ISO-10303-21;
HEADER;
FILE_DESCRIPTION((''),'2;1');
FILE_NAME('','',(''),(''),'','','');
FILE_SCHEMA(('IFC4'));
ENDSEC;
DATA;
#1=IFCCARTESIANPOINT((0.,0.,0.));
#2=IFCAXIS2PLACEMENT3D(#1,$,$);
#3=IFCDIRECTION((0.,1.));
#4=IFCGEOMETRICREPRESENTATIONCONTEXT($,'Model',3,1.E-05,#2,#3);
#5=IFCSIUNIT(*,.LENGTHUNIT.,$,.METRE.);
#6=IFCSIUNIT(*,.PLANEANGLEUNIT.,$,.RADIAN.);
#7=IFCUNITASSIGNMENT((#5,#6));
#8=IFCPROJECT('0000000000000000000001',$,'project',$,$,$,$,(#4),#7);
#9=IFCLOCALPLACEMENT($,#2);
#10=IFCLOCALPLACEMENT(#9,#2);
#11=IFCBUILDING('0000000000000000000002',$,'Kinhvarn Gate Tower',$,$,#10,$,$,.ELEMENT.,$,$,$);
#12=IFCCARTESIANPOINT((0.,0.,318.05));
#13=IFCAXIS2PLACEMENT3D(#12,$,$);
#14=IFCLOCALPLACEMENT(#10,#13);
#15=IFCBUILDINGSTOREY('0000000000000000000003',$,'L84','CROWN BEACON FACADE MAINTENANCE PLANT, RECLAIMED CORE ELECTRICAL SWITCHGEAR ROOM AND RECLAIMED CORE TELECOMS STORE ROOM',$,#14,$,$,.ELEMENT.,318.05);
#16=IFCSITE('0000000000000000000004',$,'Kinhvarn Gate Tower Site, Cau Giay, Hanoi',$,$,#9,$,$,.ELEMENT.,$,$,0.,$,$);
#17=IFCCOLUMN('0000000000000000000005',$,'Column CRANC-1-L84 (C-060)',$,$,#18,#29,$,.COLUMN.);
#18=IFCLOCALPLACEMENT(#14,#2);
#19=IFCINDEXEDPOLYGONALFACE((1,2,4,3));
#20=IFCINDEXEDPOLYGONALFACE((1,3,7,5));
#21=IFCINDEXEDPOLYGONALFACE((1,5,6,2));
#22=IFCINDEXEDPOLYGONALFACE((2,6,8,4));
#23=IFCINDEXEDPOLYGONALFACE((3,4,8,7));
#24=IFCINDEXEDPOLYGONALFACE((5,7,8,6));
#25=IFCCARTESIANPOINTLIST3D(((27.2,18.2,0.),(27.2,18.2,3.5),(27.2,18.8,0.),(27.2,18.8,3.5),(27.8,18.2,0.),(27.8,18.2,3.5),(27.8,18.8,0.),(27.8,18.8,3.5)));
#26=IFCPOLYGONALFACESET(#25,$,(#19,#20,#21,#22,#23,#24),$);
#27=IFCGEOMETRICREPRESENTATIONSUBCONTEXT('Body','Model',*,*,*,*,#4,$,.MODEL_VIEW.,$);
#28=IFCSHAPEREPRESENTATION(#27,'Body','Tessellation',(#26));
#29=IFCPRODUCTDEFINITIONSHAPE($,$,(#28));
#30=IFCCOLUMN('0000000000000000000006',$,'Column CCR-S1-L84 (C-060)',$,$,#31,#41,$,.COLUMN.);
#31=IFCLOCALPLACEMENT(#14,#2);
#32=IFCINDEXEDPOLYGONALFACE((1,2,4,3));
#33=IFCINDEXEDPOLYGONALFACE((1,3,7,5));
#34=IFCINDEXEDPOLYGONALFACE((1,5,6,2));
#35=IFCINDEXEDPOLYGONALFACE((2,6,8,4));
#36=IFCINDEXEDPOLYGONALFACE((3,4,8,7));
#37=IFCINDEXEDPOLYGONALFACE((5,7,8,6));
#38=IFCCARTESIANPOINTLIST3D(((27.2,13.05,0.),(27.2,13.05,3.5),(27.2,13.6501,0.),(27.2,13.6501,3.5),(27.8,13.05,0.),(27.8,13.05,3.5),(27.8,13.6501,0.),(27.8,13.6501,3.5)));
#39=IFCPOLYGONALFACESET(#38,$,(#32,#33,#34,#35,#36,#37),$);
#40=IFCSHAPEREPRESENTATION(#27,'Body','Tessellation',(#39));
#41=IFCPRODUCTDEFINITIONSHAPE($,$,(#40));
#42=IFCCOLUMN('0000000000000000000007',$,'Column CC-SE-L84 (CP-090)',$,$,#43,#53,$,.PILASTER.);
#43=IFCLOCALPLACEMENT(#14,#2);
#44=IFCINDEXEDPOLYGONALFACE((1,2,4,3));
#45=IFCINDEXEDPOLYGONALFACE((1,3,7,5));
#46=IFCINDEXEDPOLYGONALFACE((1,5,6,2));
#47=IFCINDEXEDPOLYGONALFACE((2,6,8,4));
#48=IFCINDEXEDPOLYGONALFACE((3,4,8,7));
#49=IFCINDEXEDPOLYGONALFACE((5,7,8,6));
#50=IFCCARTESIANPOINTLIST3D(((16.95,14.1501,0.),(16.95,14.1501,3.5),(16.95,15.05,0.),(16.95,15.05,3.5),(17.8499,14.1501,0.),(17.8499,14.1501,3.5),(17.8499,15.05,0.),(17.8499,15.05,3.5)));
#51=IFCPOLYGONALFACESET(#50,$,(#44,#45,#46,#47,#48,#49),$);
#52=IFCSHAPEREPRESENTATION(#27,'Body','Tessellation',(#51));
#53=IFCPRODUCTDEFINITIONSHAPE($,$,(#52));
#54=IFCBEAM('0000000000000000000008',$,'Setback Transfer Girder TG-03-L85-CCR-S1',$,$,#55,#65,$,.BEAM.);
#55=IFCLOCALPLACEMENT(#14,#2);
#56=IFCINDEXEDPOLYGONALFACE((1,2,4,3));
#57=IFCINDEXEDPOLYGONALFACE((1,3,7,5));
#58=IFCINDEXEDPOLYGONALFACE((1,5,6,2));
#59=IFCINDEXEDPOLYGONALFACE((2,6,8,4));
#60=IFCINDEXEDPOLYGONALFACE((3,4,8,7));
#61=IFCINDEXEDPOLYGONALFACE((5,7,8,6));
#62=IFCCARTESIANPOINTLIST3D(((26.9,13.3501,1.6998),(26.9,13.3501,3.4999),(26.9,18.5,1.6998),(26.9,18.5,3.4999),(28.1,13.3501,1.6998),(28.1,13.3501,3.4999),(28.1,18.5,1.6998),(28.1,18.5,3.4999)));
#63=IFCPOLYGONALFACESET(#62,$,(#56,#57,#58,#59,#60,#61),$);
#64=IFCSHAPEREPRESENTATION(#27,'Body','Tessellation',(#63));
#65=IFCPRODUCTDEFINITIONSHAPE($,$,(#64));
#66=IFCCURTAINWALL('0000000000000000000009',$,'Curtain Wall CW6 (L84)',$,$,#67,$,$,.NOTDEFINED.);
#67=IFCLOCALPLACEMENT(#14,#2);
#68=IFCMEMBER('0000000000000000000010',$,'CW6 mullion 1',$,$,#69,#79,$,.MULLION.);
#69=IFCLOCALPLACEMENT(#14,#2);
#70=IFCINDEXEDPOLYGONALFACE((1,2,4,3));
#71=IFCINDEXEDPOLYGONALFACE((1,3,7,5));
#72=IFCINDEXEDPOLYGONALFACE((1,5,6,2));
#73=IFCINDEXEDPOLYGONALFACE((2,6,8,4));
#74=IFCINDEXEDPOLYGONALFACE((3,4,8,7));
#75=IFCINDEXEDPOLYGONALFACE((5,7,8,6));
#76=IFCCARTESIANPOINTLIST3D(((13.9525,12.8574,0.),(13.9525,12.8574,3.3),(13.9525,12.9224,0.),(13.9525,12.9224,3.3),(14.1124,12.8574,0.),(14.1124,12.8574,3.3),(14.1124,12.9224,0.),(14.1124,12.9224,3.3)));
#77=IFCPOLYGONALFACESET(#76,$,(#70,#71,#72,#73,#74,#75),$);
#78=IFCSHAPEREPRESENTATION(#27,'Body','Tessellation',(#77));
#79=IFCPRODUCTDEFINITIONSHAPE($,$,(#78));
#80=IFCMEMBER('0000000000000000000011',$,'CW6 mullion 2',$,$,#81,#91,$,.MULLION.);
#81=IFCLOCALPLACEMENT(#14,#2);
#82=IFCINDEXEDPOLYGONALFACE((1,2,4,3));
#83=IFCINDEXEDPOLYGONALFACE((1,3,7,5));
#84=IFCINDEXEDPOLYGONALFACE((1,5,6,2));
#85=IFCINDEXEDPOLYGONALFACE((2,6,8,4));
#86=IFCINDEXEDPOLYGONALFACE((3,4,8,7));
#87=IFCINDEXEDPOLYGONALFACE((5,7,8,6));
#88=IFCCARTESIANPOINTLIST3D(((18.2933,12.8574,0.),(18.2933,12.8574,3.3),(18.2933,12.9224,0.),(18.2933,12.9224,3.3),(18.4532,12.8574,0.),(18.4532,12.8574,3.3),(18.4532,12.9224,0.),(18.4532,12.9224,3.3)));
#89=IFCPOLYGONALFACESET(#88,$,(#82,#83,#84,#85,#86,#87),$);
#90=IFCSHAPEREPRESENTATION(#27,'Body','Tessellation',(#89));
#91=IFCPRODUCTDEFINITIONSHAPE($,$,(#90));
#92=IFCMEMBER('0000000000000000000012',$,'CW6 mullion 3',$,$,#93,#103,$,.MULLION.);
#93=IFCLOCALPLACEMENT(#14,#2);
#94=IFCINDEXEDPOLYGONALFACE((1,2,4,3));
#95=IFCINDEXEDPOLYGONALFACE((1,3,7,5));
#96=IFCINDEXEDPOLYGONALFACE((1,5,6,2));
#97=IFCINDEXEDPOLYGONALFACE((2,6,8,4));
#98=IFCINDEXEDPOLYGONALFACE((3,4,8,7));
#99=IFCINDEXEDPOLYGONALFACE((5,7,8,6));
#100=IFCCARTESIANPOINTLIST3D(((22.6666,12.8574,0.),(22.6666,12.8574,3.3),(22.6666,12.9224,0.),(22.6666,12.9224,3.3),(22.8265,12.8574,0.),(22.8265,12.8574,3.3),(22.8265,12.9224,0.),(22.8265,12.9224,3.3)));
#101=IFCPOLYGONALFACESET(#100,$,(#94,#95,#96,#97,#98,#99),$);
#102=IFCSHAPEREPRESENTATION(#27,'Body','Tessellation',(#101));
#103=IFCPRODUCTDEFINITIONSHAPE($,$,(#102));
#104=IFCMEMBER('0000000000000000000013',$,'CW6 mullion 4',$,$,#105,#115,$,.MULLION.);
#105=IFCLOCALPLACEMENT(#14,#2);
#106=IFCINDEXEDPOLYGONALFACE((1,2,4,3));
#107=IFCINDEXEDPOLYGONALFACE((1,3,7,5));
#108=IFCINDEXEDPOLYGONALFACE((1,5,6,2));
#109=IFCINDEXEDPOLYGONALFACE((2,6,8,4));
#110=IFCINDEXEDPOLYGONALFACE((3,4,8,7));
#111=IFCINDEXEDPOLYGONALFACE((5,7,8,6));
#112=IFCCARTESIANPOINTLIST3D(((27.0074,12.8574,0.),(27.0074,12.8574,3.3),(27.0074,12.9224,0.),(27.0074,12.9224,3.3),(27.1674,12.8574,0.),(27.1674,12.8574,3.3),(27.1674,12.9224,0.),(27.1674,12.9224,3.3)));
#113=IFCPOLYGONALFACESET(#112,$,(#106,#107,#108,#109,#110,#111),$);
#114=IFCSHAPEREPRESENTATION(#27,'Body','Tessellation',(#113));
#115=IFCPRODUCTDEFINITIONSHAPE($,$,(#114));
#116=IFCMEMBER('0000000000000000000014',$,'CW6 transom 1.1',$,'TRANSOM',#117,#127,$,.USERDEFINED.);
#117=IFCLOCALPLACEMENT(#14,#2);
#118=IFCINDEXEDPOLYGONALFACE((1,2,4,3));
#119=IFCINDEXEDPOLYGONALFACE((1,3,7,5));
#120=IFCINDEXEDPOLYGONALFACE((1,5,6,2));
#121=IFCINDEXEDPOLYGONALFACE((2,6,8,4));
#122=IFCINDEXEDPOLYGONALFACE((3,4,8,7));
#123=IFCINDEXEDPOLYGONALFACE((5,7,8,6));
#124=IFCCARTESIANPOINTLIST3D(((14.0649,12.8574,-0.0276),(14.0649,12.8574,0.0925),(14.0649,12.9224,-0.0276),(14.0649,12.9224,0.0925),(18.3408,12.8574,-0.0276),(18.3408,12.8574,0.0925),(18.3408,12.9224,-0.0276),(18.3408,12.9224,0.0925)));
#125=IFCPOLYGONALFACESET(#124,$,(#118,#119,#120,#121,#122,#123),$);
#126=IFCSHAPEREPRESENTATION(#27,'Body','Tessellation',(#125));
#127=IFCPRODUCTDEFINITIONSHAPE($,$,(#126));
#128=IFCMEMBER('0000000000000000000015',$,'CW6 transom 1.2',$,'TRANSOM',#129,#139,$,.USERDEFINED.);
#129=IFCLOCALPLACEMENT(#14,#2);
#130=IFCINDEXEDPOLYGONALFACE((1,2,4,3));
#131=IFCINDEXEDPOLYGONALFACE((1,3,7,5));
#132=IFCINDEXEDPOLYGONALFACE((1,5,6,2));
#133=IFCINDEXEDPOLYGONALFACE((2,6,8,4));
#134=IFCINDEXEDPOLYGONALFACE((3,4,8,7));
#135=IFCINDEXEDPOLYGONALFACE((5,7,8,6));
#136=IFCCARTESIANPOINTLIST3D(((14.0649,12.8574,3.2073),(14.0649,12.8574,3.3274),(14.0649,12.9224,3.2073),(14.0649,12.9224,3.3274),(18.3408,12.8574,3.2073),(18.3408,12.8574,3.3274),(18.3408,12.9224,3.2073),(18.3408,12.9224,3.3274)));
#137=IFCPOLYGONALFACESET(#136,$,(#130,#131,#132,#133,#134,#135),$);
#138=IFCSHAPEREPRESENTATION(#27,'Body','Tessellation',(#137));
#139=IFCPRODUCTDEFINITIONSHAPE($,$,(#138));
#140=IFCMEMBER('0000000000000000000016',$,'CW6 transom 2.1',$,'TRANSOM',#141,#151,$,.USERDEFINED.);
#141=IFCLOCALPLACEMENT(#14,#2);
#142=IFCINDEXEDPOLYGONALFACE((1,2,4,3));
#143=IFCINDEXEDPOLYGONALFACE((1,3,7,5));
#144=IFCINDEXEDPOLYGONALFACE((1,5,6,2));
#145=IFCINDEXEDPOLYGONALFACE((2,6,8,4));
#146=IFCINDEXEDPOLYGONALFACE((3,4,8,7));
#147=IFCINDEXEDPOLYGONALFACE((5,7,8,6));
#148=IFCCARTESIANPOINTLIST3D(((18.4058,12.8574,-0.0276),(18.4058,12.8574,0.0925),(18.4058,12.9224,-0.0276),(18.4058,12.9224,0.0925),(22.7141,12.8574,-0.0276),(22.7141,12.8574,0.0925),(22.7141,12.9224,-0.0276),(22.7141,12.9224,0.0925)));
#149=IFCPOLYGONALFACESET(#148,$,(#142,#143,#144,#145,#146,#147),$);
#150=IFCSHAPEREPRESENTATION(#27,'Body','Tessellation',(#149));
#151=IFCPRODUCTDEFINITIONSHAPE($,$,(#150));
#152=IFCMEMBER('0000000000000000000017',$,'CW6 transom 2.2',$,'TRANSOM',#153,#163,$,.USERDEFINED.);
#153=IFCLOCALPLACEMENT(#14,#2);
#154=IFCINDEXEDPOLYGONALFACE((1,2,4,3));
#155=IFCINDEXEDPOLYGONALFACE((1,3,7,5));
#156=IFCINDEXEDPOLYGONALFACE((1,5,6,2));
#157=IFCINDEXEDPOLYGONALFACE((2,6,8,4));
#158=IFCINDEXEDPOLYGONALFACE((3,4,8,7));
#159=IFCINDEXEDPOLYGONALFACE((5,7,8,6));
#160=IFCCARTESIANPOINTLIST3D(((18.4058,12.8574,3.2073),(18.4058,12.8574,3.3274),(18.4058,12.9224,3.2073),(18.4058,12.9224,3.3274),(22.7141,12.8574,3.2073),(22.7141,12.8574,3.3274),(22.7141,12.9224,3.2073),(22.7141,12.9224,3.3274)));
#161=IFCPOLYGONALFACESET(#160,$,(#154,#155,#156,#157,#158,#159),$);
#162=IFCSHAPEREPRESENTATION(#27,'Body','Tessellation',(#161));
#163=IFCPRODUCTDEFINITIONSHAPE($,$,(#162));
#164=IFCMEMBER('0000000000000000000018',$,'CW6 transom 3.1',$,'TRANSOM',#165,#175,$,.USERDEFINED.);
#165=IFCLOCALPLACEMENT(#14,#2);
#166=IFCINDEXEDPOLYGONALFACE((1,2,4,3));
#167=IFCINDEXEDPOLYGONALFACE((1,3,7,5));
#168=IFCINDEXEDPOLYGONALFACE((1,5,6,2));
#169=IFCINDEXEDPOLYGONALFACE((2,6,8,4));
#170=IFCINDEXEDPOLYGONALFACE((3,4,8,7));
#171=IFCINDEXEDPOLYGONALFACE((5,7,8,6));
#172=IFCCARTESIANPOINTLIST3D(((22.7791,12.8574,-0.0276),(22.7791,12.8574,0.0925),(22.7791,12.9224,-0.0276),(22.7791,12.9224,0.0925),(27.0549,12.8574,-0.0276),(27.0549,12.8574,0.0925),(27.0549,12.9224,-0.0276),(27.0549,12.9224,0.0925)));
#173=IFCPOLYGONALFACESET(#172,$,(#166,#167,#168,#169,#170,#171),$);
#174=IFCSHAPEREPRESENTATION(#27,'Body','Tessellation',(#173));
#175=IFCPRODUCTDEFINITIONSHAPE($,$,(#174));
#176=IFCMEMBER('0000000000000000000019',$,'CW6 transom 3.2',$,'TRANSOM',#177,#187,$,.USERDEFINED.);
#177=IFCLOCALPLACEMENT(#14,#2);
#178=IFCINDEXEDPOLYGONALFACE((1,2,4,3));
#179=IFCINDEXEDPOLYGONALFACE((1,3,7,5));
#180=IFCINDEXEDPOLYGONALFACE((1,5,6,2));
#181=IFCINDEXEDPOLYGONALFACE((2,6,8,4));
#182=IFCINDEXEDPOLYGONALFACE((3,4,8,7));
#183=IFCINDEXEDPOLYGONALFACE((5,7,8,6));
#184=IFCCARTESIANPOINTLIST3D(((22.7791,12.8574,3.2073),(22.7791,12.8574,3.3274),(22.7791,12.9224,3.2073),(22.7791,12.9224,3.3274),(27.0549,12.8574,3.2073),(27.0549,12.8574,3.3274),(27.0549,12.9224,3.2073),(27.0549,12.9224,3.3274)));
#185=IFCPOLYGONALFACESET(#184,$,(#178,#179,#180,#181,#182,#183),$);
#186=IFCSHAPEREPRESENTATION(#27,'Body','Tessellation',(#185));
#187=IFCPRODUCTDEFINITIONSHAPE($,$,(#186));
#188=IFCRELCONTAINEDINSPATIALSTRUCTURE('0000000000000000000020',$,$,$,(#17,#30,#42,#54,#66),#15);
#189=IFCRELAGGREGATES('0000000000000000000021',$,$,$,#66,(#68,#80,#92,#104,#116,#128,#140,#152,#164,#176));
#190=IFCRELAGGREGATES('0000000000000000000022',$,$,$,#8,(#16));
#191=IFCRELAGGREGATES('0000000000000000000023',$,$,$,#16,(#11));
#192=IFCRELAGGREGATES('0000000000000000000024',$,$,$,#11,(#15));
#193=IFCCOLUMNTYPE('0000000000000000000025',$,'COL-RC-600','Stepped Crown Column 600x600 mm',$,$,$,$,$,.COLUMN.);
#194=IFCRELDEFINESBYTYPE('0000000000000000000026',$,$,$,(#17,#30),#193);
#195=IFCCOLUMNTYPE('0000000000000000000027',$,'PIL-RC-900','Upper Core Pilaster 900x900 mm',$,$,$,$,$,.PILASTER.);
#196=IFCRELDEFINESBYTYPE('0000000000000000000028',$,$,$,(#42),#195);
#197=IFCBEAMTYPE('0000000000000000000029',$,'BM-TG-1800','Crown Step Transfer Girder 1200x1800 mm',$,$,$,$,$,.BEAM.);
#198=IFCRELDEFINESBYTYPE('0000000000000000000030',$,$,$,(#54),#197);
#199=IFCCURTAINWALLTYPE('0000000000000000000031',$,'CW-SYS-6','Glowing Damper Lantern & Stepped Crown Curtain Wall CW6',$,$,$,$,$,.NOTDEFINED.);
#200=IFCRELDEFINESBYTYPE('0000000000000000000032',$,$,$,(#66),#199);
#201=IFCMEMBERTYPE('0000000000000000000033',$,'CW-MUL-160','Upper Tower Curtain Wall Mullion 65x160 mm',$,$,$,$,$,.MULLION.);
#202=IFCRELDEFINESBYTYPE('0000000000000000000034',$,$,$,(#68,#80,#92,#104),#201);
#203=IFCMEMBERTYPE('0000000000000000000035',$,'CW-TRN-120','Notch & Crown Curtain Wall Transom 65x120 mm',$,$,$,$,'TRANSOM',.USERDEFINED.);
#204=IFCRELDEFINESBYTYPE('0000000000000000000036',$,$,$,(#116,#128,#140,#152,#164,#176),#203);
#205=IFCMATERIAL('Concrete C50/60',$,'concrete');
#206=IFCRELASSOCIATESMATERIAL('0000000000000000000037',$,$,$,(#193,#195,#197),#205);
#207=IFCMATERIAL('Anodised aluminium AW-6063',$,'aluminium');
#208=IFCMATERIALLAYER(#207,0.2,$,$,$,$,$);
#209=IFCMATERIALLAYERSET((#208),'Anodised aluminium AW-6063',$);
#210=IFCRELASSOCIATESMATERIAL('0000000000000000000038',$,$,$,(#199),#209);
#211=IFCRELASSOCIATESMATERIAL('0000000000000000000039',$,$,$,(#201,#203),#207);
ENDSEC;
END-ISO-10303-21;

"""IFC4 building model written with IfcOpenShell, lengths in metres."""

from ifc_helpers import new_model, si_unit, direction, frame, origin, origin_2d, place, context, subcontext, project, spatial, rectangle, extrude, material, layer, layer_set, material_profile, profile_set, type_object, element, aggregate, save


model = new_model("IFC4")

# Units and contexts
model_context = context("Model", 3, precision=1e-05, world=origin(), true_north=direction((0.0, 1.0)))
body_context = subcontext(model_context, "Body", "Model", "MODEL_VIEW")
ifc_project = project(units=[si_unit("LENGTHUNIT", "METRE"), si_unit("PLANEANGLEUNIT", "RADIAN")], contexts=[model_context])

# Site, building, storey
site_placement = place(None, origin())
site = spatial("IfcSite", under=ifc_project, at=site_placement, Name="Kinhvarn Gate Tower Site, Cau Giay, Hanoi", CompositionType="ELEMENT", RefElevation=0.0)
building_placement = place(site_placement, origin())
building = spatial("IfcBuilding", under=site, at=building_placement, Name="Kinhvarn Gate Tower", CompositionType="ELEMENT")
storey_placement = place(building_placement, frame((0.0, 0.0, 318.05)))
storey = spatial("IfcBuildingStorey", under=building, at=storey_placement, Name="L84", Description="CROWN BEACON FACADE MAINTENANCE PLANT, RECLAIMED CORE ELECTRICAL SWITCHGEAR ROOM AND RECLAIMED CORE TELECOMS STORE ROOM", CompositionType="ELEMENT", Elevation=318.05)

# Columns
ifc_material_1 = material(Name="Concrete C50/60", Category="concrete")
ifc_material_profile_1 = material_profile(ifc_material_1, rectangle(XDim=0.6001, YDim=0.6001, at=origin_2d()), Name="RC 600x600")
ifc_profile_set_1 = profile_set([ifc_material_profile_1], Name="Concrete C50/60")
column_type_1 = type_object("IfcColumnType", Name="COL-RC-600", Description="Stepped Crown Column 600x600 mm", PredefinedType="COLUMN", material=ifc_profile_set_1)
for number, where, z_axis, x_axis, name in (
    (1, (27.5, 18.5, 0.0), (0.0, 0.0, 1.0), (1.0, 0.0, 0.0), "Column CRANC-1-L84 (C-060)"),
    (2, (27.5, 13.3501, 0.0), (0.0, 0.0, 1.0), (1.0, 0.0, 0.0), "Column CCR-S1-L84 (C-060)"),
):
    element("IfcColumn", number, at=place(storey_placement, frame(where, z_axis=z_axis, x_axis=x_axis)), inside=storey, type_object=column_type_1, Name=name, PredefinedType="COLUMN", context=body_context, shape_type="SweptSolid", body=[
        extrude(rectangle(XDim=0.6001, YDim=0.6001, at=origin_2d()), origin(), (0.0, 0.0, 1.0), 3.5),
    ])
ifc_material_profile_2 = material_profile(ifc_material_1, rectangle(XDim=0.8999, YDim=0.8999, at=origin_2d()), Name="RC 900x900")
ifc_profile_set_2 = profile_set([ifc_material_profile_2], Name="Concrete C50/60")
column_type_2 = type_object("IfcColumnType", Name="PIL-RC-900", Description="Upper Core Pilaster 900x900 mm", PredefinedType="PILASTER", material=ifc_profile_set_2)
column_placement = place(storey_placement, frame((17.3999, 14.6001, 0.0), z_axis=(0.0, 0.0, 1.0), x_axis=(1.0, 0.0, 0.0)))
element("IfcColumn", 3, at=column_placement, inside=storey, type_object=column_type_2, Name="Column CC-SE-L84 (CP-090)", PredefinedType="PILASTER", context=body_context, shape_type="SweptSolid", body=[
    extrude(rectangle(XDim=0.8999, YDim=0.8999, at=origin_2d()), origin(), (0.0, 0.0, 1.0), 3.5),
])

# Beam
ifc_material_profile_3 = material_profile(ifc_material_1, rectangle(XDim=1.2, YDim=1.8, at=origin_2d()), Name="RC 1200x1800")
ifc_profile_set_3 = profile_set([ifc_material_profile_3], Name="Concrete C50/60")
beam_type_1 = type_object("IfcBeamType", Name="BM-TG-1800", Description="Crown Step Transfer Girder 1200x1800 mm", PredefinedType="BEAM", material=ifc_profile_set_3)
beam_1_placement = place(storey_placement, frame((27.5, 13.3501, 2.5999), z_axis=(0.0, 1.0, 0.0), x_axis=(-1.0, 0.0, 0.0)))
element("IfcBeam", 4, at=beam_1_placement, inside=storey, type_object=beam_type_1, Name="Setback Transfer Girder TG-03-L85-CCR-S1", PredefinedType="BEAM", context=body_context, shape_type="SweptSolid", body=[
    extrude(rectangle(XDim=1.2, YDim=1.8, at=origin_2d()), origin(), (0.0, 0.0, 1.0), 5.1499),
])

# Curtain wall, members
ifc_material_2 = material(Name="Anodised aluminium AW-6063", Category="aluminium")
ifc_layer_1 = layer(ifc_material_2, 0.2)
ifc_layer_set_1 = layer_set([ifc_layer_1], Name="Anodised aluminium AW-6063")
curtain_wall_type = type_object("IfcCurtainWallType", Name="CW-SYS-6", Description="Glowing Damper Lantern & Stepped Crown Curtain Wall CW6", PredefinedType="NOTDEFINED", material=ifc_layer_set_1)
curtain_wall_placement = place(storey_placement, origin())
curtain_wall = element("IfcCurtainWall", 5, at=curtain_wall_placement, inside=storey, type_object=curtain_wall_type, Name="Curtain Wall CW6 (L84)", PredefinedType="NOTDEFINED")
ifc_material_profile_4 = material_profile(ifc_material_2, rectangle(XDim=0.0649, YDim=0.1599, at=origin_2d()), Name="ALU 65x160")
ifc_profile_set_4 = profile_set([ifc_material_profile_4], Name="Anodised aluminium AW-6063")
member_type_1 = type_object("IfcMemberType", Name="CW-MUL-160", Description="Upper Tower Curtain Wall Mullion 65x160 mm", PredefinedType="MULLION", material=ifc_profile_set_4)
member_1_placement = place(storey_placement, frame((14.0325, 12.8899, 0.0), z_axis=(0.0, 0.0, 1.0), x_axis=(0.0, 1.0, 0.0)))
member_1 = element("IfcMember", 6, at=member_1_placement, type_object=member_type_1, Name="CW6 mullion 1", PredefinedType="MULLION", context=body_context, shape_type="SweptSolid", body=[
    extrude(rectangle(XDim=0.0649, YDim=0.1599, at=origin_2d()), origin(), (0.0, 0.0, 1.0), 3.3),
])
member_2_placement = place(storey_placement, frame((18.3733, 12.8899, 0.0), z_axis=(0.0, 0.0, 1.0), x_axis=(0.0, 1.0, 0.0)))
member_2 = element("IfcMember", 7, at=member_2_placement, type_object=member_type_1, Name="CW6 mullion 2", PredefinedType="MULLION", context=body_context, shape_type="SweptSolid", body=[
    extrude(rectangle(XDim=0.0649, YDim=0.1599, at=origin_2d()), origin(), (0.0, 0.0, 1.0), 3.3),
])
member_3_placement = place(storey_placement, frame((22.7466, 12.8899, 0.0), z_axis=(0.0, 0.0, 1.0), x_axis=(0.0, 1.0, 0.0)))
member_3 = element("IfcMember", 8, at=member_3_placement, type_object=member_type_1, Name="CW6 mullion 3", PredefinedType="MULLION", context=body_context, shape_type="SweptSolid", body=[
    extrude(rectangle(XDim=0.0649, YDim=0.1599, at=origin_2d()), origin(), (0.0, 0.0, 1.0), 3.3),
])
member_4_placement = place(storey_placement, frame((27.0874, 12.8899, 0.0), z_axis=(0.0, 0.0, 1.0), x_axis=(0.0, 1.0, 0.0)))
member_4 = element("IfcMember", 9, at=member_4_placement, type_object=member_type_1, Name="CW6 mullion 4", PredefinedType="MULLION", context=body_context, shape_type="SweptSolid", body=[
    extrude(rectangle(XDim=0.0649, YDim=0.1599, at=origin_2d()), origin(), (0.0, 0.0, 1.0), 3.3),
])
ifc_material_profile_5 = material_profile(ifc_material_2, rectangle(XDim=0.0649, YDim=0.1201, at=origin_2d()), Name="ALU 65x120")
ifc_profile_set_5 = profile_set([ifc_material_profile_5], Name="Anodised aluminium AW-6063")
member_type_2 = type_object("IfcMemberType", Name="CW-TRN-120", Description="Notch & Crown Curtain Wall Transom 65x120 mm", ElementType="TRANSOM", PredefinedType="USERDEFINED", material=ifc_profile_set_5)
member_5_placement = place(storey_placement, frame((14.0649, 12.8899, 0.0325), z_axis=(1.0, 0.0, 0.0), x_axis=(0.0, 1.0, 0.0)))
member_5 = element("IfcMember", 10, at=member_5_placement, type_object=member_type_2, Name="CW6 transom 1.1", ObjectType="TRANSOM", PredefinedType="USERDEFINED", context=body_context, shape_type="SweptSolid", body=[
    extrude(rectangle(XDim=0.0649, YDim=0.1201, at=origin_2d()), origin(), (0.0, 0.0, 1.0), 4.2759),
])
member_6_placement = place(storey_placement, frame((14.0649, 12.8899, 3.2673), z_axis=(1.0, 0.0, 0.0), x_axis=(0.0, 1.0, 0.0)))
member_6 = element("IfcMember", 11, at=member_6_placement, type_object=member_type_2, Name="CW6 transom 1.2", ObjectType="TRANSOM", PredefinedType="USERDEFINED", context=body_context, shape_type="SweptSolid", body=[
    extrude(rectangle(XDim=0.0649, YDim=0.1201, at=origin_2d()), origin(), (0.0, 0.0, 1.0), 4.2759),
])
member_7_placement = place(storey_placement, frame((18.4058, 12.8899, 0.0325), z_axis=(1.0, 0.0, 0.0), x_axis=(0.0, 1.0, 0.0)))
member_7 = element("IfcMember", 12, at=member_7_placement, type_object=member_type_2, Name="CW6 transom 2.1", ObjectType="TRANSOM", PredefinedType="USERDEFINED", context=body_context, shape_type="SweptSolid", body=[
    extrude(rectangle(XDim=0.0649, YDim=0.1201, at=origin_2d()), origin(), (0.0, 0.0, 1.0), 4.3083),
])
member_8_placement = place(storey_placement, frame((18.4058, 12.8899, 3.2673), z_axis=(1.0, 0.0, 0.0), x_axis=(0.0, 1.0, 0.0)))
member_8 = element("IfcMember", 13, at=member_8_placement, type_object=member_type_2, Name="CW6 transom 2.2", ObjectType="TRANSOM", PredefinedType="USERDEFINED", context=body_context, shape_type="SweptSolid", body=[
    extrude(rectangle(XDim=0.0649, YDim=0.1201, at=origin_2d()), origin(), (0.0, 0.0, 1.0), 4.3083),
])
member_9_placement = place(storey_placement, frame((22.7791, 12.8899, 0.0325), z_axis=(1.0, 0.0, 0.0), x_axis=(0.0, 1.0, 0.0)))
member_9 = element("IfcMember", 14, at=member_9_placement, type_object=member_type_2, Name="CW6 transom 3.1", ObjectType="TRANSOM", PredefinedType="USERDEFINED", context=body_context, shape_type="SweptSolid", body=[
    extrude(rectangle(XDim=0.0649, YDim=0.1201, at=origin_2d()), origin(), (0.0, 0.0, 1.0), 4.2759),
])
member_10_placement = place(storey_placement, frame((22.7791, 12.8899, 3.2673), z_axis=(1.0, 0.0, 0.0), x_axis=(0.0, 1.0, 0.0)))
member_10 = element("IfcMember", 15, at=member_10_placement, type_object=member_type_2, Name="CW6 transom 3.2", ObjectType="TRANSOM", PredefinedType="USERDEFINED", context=body_context, shape_type="SweptSolid", body=[
    extrude(rectangle(XDim=0.0649, YDim=0.1201, at=origin_2d()), origin(), (0.0, 0.0, 1.0), 4.2759),
])

aggregate(curtain_wall, [member_1, member_2, member_3, member_4, member_5, member_6, member_7, member_8, member_9, member_10])

save(model, "model.ifc")
